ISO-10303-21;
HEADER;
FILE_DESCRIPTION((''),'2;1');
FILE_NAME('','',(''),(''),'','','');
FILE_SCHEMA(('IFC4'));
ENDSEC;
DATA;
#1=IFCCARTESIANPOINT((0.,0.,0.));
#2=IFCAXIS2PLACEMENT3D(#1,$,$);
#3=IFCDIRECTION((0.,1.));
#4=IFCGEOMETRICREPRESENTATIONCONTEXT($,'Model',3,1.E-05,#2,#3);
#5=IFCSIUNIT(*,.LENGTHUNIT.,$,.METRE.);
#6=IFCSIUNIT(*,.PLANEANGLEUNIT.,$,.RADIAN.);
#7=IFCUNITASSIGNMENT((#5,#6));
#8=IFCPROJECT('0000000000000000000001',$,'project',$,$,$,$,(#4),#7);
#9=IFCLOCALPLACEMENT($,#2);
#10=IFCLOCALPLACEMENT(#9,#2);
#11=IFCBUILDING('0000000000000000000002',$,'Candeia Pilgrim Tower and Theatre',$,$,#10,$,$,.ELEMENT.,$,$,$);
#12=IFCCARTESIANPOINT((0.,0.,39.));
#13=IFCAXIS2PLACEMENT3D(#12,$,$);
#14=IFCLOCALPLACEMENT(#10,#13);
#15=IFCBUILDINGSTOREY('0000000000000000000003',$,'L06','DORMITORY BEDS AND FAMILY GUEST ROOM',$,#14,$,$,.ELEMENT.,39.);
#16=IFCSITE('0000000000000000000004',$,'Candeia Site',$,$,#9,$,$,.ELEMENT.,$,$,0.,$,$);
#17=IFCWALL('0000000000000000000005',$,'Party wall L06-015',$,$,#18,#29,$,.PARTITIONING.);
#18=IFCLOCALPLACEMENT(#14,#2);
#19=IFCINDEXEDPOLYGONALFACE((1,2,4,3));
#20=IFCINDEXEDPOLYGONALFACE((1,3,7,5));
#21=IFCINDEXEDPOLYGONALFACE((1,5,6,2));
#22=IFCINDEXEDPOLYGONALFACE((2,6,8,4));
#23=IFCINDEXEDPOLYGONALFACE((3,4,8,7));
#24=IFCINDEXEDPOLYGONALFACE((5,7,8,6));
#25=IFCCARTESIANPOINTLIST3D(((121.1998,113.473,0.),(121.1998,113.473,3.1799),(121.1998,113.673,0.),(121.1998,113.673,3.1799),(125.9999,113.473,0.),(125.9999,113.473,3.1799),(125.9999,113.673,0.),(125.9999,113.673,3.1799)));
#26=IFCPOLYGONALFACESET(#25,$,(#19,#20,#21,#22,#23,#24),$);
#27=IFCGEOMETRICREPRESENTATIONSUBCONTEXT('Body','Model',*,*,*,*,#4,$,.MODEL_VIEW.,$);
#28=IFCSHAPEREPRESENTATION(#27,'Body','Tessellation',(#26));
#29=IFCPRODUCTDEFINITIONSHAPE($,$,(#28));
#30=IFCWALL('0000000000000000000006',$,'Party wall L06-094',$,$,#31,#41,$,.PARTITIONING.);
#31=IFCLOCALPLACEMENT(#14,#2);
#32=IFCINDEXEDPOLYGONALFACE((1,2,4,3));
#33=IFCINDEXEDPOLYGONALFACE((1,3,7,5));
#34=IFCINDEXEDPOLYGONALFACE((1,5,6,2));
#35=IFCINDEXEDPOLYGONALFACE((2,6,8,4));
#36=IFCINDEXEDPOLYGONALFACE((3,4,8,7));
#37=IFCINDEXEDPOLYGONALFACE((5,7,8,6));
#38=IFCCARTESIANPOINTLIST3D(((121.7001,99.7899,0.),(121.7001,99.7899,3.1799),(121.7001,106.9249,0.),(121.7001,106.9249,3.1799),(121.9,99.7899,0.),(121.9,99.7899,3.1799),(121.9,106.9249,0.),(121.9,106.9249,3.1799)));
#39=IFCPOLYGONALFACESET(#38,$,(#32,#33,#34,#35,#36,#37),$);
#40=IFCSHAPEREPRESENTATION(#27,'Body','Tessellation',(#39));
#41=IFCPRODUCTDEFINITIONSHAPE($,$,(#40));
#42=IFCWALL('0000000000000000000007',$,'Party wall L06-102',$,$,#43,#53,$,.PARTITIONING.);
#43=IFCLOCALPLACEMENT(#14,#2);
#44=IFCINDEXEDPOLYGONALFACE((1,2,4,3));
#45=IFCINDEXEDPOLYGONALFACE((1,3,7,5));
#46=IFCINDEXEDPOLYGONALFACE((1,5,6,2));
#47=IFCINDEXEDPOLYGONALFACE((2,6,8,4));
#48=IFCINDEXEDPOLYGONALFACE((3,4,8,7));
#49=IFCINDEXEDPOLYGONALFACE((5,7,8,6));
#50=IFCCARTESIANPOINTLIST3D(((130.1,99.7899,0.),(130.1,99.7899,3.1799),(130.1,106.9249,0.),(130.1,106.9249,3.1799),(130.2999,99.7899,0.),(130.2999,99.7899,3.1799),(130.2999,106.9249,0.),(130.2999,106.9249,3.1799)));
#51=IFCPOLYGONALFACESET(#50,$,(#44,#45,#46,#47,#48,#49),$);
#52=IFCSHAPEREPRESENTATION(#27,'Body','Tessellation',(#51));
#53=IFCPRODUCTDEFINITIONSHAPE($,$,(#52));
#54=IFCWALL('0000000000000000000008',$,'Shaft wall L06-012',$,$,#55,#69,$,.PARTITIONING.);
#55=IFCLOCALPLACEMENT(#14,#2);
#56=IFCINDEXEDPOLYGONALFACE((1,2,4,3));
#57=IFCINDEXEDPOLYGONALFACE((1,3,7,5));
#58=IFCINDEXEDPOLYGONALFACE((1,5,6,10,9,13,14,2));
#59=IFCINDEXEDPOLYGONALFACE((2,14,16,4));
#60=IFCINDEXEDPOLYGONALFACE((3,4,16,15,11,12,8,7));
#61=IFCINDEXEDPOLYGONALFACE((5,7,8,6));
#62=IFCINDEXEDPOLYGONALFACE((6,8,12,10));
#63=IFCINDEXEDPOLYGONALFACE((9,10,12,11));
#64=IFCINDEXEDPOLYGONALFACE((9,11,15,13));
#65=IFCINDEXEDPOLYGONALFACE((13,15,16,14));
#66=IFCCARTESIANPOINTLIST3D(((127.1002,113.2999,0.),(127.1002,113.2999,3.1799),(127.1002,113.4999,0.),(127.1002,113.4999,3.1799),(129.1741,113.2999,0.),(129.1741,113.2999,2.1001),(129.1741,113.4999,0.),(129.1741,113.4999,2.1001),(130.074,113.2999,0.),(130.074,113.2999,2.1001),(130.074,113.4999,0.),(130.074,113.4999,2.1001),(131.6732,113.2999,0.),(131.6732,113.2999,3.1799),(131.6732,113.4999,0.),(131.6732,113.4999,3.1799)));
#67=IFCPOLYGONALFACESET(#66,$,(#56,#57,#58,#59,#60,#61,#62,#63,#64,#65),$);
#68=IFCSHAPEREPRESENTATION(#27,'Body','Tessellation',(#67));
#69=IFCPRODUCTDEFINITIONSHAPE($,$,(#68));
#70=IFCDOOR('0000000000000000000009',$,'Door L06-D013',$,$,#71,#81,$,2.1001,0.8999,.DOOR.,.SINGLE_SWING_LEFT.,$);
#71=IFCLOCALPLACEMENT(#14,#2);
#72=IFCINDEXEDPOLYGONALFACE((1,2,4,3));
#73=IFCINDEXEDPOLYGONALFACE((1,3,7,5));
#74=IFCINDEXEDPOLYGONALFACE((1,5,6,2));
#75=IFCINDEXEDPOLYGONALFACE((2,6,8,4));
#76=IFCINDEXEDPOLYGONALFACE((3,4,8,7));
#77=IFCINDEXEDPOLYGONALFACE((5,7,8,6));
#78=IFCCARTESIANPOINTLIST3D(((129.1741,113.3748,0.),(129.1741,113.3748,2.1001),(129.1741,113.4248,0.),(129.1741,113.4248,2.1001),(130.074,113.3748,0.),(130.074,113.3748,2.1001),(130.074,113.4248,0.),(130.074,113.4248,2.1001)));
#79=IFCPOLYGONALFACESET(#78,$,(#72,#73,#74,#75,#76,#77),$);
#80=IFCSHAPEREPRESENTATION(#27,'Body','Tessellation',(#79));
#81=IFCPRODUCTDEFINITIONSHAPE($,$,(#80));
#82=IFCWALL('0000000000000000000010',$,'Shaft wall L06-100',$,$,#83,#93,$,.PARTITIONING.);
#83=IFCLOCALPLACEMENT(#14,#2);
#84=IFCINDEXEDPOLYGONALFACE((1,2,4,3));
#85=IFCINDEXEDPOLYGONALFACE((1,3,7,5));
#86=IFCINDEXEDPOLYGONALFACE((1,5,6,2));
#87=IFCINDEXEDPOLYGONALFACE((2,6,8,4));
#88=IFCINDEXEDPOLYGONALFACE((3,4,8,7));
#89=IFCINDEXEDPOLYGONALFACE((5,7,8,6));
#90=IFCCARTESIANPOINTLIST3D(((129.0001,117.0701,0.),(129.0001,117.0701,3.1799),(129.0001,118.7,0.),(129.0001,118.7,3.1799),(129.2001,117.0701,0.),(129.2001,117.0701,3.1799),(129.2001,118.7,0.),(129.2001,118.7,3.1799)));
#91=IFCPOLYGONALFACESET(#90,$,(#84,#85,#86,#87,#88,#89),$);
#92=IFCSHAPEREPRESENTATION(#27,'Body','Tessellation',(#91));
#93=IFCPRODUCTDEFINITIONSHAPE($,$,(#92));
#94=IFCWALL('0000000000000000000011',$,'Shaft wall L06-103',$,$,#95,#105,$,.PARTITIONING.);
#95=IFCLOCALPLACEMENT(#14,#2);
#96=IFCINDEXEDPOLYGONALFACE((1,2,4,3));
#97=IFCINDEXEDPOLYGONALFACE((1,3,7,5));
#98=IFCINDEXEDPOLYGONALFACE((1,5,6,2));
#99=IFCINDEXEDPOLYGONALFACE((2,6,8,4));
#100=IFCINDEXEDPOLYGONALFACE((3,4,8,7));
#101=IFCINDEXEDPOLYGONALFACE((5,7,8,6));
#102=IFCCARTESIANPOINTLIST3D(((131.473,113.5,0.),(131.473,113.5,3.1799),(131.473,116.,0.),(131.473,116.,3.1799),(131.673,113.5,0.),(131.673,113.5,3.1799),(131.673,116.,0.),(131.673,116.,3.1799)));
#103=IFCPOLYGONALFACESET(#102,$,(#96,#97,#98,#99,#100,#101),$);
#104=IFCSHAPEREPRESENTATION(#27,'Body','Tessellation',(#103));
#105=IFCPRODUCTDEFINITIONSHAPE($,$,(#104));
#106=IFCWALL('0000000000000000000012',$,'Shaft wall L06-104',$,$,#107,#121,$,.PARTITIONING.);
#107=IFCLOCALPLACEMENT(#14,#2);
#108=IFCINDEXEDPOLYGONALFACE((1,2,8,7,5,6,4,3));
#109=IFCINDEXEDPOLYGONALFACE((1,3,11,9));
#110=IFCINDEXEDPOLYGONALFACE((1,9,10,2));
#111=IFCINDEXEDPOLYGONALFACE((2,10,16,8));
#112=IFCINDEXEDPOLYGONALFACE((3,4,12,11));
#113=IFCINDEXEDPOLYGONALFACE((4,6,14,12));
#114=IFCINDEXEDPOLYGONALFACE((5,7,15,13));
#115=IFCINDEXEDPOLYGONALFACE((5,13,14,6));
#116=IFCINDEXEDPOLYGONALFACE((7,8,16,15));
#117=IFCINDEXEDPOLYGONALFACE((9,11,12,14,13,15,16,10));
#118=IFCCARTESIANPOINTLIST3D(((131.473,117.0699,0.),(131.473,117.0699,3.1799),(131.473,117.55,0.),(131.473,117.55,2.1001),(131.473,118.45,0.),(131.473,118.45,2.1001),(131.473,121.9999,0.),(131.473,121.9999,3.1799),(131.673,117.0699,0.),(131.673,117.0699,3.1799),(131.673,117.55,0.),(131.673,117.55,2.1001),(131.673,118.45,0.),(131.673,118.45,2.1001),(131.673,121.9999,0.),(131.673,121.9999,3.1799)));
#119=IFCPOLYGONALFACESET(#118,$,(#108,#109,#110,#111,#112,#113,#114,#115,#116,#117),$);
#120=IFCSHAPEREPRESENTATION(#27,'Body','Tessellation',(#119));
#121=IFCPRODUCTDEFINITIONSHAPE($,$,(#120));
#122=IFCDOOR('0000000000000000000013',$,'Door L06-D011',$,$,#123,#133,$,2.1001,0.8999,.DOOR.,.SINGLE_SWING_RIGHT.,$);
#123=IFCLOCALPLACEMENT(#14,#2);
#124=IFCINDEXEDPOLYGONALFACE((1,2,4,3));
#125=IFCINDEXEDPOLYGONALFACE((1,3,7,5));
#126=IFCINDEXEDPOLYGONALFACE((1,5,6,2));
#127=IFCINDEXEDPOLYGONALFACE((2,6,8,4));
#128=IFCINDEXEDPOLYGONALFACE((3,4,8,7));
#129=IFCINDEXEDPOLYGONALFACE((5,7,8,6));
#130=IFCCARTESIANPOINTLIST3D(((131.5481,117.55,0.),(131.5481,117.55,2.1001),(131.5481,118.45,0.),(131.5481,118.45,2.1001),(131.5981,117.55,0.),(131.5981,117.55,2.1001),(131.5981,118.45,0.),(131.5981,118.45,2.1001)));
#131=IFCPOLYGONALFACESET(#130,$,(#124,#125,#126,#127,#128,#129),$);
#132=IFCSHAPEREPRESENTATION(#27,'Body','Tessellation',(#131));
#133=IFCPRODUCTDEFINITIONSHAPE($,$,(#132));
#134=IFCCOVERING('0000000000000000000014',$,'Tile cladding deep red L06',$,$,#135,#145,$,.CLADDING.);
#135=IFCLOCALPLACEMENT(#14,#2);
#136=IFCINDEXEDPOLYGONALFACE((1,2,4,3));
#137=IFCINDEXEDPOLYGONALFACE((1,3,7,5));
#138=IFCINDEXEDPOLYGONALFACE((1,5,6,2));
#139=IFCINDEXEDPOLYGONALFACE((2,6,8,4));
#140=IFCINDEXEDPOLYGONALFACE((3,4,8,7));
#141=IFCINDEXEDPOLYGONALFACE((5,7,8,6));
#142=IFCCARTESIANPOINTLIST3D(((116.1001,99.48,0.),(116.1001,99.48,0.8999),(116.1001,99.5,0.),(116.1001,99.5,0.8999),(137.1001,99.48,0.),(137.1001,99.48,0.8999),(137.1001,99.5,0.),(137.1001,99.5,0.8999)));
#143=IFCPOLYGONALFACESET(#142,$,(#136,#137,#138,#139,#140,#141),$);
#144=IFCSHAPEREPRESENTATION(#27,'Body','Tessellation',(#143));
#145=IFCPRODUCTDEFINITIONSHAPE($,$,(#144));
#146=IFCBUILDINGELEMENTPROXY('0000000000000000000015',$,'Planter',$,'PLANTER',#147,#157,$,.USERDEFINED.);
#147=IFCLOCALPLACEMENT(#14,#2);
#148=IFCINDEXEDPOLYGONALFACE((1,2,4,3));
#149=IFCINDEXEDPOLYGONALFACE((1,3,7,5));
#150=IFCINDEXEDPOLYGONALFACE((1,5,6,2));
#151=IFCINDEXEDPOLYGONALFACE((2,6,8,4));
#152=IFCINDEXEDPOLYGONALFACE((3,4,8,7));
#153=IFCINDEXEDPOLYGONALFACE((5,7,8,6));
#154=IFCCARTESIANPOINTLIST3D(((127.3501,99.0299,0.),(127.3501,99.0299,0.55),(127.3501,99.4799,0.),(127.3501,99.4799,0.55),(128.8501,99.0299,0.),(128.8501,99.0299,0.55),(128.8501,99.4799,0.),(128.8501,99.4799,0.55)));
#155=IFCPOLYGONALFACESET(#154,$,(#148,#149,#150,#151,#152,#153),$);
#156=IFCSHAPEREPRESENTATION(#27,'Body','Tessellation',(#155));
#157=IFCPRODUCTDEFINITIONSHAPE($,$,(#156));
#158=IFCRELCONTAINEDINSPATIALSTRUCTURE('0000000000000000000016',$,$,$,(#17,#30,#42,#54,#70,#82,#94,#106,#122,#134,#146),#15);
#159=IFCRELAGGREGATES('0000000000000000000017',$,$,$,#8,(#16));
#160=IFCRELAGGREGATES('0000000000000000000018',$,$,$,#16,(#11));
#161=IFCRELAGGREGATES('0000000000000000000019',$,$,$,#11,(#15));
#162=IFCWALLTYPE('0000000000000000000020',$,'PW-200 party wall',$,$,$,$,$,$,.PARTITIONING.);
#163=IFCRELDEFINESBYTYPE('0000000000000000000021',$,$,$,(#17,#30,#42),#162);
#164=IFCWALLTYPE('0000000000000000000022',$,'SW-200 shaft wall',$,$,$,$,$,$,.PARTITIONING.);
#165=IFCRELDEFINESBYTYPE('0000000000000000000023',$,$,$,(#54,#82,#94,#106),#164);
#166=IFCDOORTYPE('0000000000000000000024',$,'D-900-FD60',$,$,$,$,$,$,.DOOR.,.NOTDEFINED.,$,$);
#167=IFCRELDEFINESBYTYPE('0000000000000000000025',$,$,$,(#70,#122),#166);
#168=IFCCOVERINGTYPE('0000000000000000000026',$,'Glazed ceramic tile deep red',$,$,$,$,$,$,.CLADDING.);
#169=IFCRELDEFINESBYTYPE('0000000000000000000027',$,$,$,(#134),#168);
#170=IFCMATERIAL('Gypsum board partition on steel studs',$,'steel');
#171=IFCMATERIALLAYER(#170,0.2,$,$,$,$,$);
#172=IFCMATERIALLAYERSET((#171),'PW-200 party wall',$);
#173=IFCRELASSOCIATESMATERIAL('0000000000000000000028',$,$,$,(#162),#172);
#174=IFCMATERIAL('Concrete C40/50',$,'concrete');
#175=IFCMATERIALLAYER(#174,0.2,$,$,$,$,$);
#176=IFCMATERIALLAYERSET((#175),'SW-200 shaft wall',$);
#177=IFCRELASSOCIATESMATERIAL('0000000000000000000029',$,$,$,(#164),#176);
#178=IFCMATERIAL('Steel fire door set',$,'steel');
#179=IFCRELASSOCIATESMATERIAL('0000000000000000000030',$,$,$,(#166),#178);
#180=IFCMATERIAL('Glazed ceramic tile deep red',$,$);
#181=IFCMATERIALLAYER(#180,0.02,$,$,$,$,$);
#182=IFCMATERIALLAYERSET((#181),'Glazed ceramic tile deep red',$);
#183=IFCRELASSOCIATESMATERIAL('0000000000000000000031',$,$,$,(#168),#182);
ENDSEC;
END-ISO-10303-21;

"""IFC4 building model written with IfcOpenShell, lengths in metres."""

from ifc_helpers import new_model, si_unit, direction, frame, frame_2d, origin, origin_2d, place, context, subcontext, project, spatial, rectangle, extrude, material, layer, layer_set, type_object, element, fill, save


model = new_model("IFC4")

# Units and contexts
model_context = context("Model", 3, precision=1e-05, world=origin(), true_north=direction((0.0, 1.0)))
body_context = subcontext(model_context, "Body", "Model", "MODEL_VIEW")
ifc_project = project(units=[si_unit("LENGTHUNIT", "METRE"), si_unit("PLANEANGLEUNIT", "RADIAN")], contexts=[model_context])

# Site, building, storey
site_placement = place(None, origin())
site = spatial("IfcSite", under=ifc_project, at=site_placement, Name="Candeia Site", CompositionType="ELEMENT", RefElevation=0.0)
building_placement = place(site_placement, origin())
building = spatial("IfcBuilding", under=site, at=building_placement, Name="Candeia Pilgrim Tower and Theatre", CompositionType="ELEMENT")
storey_placement = place(building_placement, frame((0.0, 0.0, 39.0)))
storey = spatial("IfcBuildingStorey", under=building, at=storey_placement, Name="L06", Description="DORMITORY BEDS AND FAMILY GUEST ROOM", CompositionType="ELEMENT", Elevation=39.0)

# Shared definitions
ifc_material_1 = material(Name="Steel fire door set", Category="steel")

# Shared definitions
ifc_material_2 = material(Name="Gypsum board partition on steel studs", Category="steel")

# Walls
ifc_layer_1 = layer(ifc_material_2, 0.2)
ifc_layer_set_1 = layer_set([ifc_layer_1], Name="PW-200 party wall")
wall_type_1 = type_object("IfcWallType", Name="PW-200 party wall", PredefinedType="PARTITIONING", material=ifc_layer_set_1)
wall_1_placement = place(storey_placement, frame((121.2, 113.573, 0.0), z_axis=(0.0, 0.0, 1.0), x_axis=(1.0, 0.0, 0.0)))
element("IfcWall", 1, at=wall_1_placement, inside=storey, type_object=wall_type_1, Name="Party wall L06-015", PredefinedType="PARTITIONING", context=body_context, shape_type="SweptSolid", body=[
    extrude(rectangle(XDim=4.8, YDim=0.2, at=frame_2d((2.3999, 0.0))), origin(), (0.0, 0.0, 1.0), 3.1799),
])
for number, where, z_axis, x_axis, name in (
    (2, (121.8, 99.79, 0.0), (0.0, 0.0, 1.0), (0.0, 1.0, 0.0), "Party wall L06-094"),
    (3, (130.2, 99.79, 0.0), (0.0, 0.0, 1.0), (0.0, 1.0, 0.0), "Party wall L06-102"),
):
    element("IfcWall", number, at=place(storey_placement, frame(where, z_axis=z_axis, x_axis=x_axis)), inside=storey, type_object=wall_type_1, Name=name, PredefinedType="PARTITIONING", context=body_context, shape_type="SweptSolid", body=[
        extrude(rectangle(XDim=7.135, YDim=0.2, at=frame_2d((3.5674, 0.0))), origin(), (0.0, 0.0, 1.0), 3.1799),
    ])

# Wall, opening, door
ifc_material_3 = material(Name="Concrete C40/50", Category="concrete")
ifc_layer_2 = layer(ifc_material_3, 0.2)
ifc_layer_set_2 = layer_set([ifc_layer_2], Name="SW-200 shaft wall")
wall_type_2 = type_object("IfcWallType", Name="SW-200 shaft wall", PredefinedType="PARTITIONING", material=ifc_layer_set_2)
wall_2_placement = place(storey_placement, frame((127.1001, 113.3999, 0.0), z_axis=(0.0, 0.0, 1.0), x_axis=(1.0, 0.0, 0.0)))
wall_2 = element("IfcWall", 4, at=wall_2_placement, inside=storey, type_object=wall_type_2, Name="Shaft wall L06-012", PredefinedType="PARTITIONING", context=body_context, shape_type="SweptSolid", body=[
    extrude(rectangle(XDim=4.573, YDim=0.2, at=frame_2d((2.2866, 0.0))), origin(), (0.0, 0.0, 1.0), 3.1799),
])
opening_1_placement = place(wall_2_placement, frame((2.074, 0.0, 0.0)))
opening_1 = element("IfcOpeningElement", 5, at=opening_1_placement, cuts=wall_2, PredefinedType="OPENING", context=body_context, shape_type="SweptSolid", body=[
    extrude(rectangle(XDim=0.8999, YDim=2.1001, at=frame_2d((0.45, 1.05))), frame((0.0, 0.1099, 0.0), z_axis=(0.0, -1.0, 0.0), x_axis=(1.0, 0.0, 0.0)), (0.0, 0.0, 1.0), 0.22),
])
door_type_1 = type_object("IfcDoorType", Name="D-900-FD60", OperationType="NOTDEFINED", PredefinedType="DOOR", material=ifc_material_1)
door_1_placement = place(opening_1_placement, origin())
door_1 = element("IfcDoor", 6, at=door_1_placement, inside=storey, type_object=door_type_1, Name="Door L06-D013", OperationType="SINGLE_SWING_LEFT", OverallHeight=2.1001, OverallWidth=0.8999, PredefinedType="DOOR", context=body_context, shape_type="SweptSolid", body=[
    extrude(rectangle(XDim=0.8999, YDim=2.1001, at=frame_2d((0.45, 1.05))), frame((0.0, 0.0249, 0.0), z_axis=(0.0, -1.0, 0.0), x_axis=(1.0, 0.0, 0.0)), (0.0, 0.0, 1.0), 0.05),
])
fill(opening_1, door_1)

# Walls
wall_3_placement = place(storey_placement, frame((129.1001, 117.0701, 0.0), z_axis=(0.0, 0.0, 1.0), x_axis=(0.0, 1.0, 0.0)))
element("IfcWall", 7, at=wall_3_placement, inside=storey, type_object=wall_type_2, Name="Shaft wall L06-100", PredefinedType="PARTITIONING", context=body_context, shape_type="SweptSolid", body=[
    extrude(rectangle(XDim=1.6299, YDim=0.2, at=frame_2d((0.8149, 0.0))), origin(), (0.0, 0.0, 1.0), 3.1799),
])
wall_4_placement = place(storey_placement, frame((131.573, 113.5, 0.0), z_axis=(0.0, 0.0, 1.0), x_axis=(0.0, 1.0, 0.0)))
element("IfcWall", 8, at=wall_4_placement, inside=storey, type_object=wall_type_2, Name="Shaft wall L06-103", PredefinedType="PARTITIONING", context=body_context, shape_type="SweptSolid", body=[
    extrude(rectangle(XDim=2.5, YDim=0.2, at=frame_2d((1.25, 0.0))), origin(), (0.0, 0.0, 1.0), 3.1799),
])

# Wall, opening, door
wall_5_placement = place(storey_placement, frame((131.573, 117.0701, 0.0), z_axis=(0.0, 0.0, 1.0), x_axis=(0.0, 1.0, 0.0)))
wall_5 = element("IfcWall", 9, at=wall_5_placement, inside=storey, type_object=wall_type_2, Name="Shaft wall L06-104", PredefinedType="PARTITIONING", context=body_context, shape_type="SweptSolid", body=[
    extrude(rectangle(XDim=4.9299, YDim=0.2, at=frame_2d((2.4648, 0.0))), origin(), (0.0, 0.0, 1.0), 3.1799),
])
opening_2_placement = place(wall_5_placement, frame((0.48, 0.0, 0.0)))
opening_2 = element("IfcOpeningElement", 10, at=opening_2_placement, cuts=wall_5, PredefinedType="OPENING", context=body_context, shape_type="SweptSolid", body=[
    extrude(rectangle(XDim=0.8999, YDim=2.1001, at=frame_2d((0.45, 1.05))), frame((0.0, 0.1099, 0.0), z_axis=(0.0, -1.0, 0.0), x_axis=(1.0, 0.0, 0.0)), (0.0, 0.0, 1.0), 0.22),
])
door_2_placement = place(opening_2_placement, origin())
door_2 = element("IfcDoor", 11, at=door_2_placement, inside=storey, type_object=door_type_1, Name="Door L06-D011", OperationType="SINGLE_SWING_RIGHT", OverallHeight=2.1001, OverallWidth=0.8999, PredefinedType="DOOR", context=body_context, shape_type="SweptSolid", body=[
    extrude(rectangle(XDim=0.8999, YDim=2.1001, at=frame_2d((0.45, 1.05))), frame((0.0, 0.0249, 0.0), z_axis=(0.0, -1.0, 0.0), x_axis=(1.0, 0.0, 0.0)), (0.0, 0.0, 1.0), 0.05),
])
fill(opening_2, door_2)

# Covering
ifc_material_4 = material(Name="Glazed ceramic tile deep red")
ifc_layer_3 = layer(ifc_material_4, 0.02)
ifc_layer_set_3 = layer_set([ifc_layer_3], Name="Glazed ceramic tile deep red")
covering_type = type_object("IfcCoveringType", Name="Glazed ceramic tile deep red", PredefinedType="CLADDING", material=ifc_layer_set_3)
covering_placement = place(storey_placement, frame((126.6001, 99.49, 0.0), z_axis=(0.0, 0.0, 1.0), x_axis=(1.0, 0.0, 0.0)))
element("IfcCovering", 12, at=covering_placement, inside=storey, type_object=covering_type, Name="Tile cladding deep red L06", PredefinedType="CLADDING", context=body_context, shape_type="SweptSolid", body=[
    extrude(rectangle(XDim=21.0, YDim=0.02, at=origin_2d()), origin(), (0.0, 0.0, 1.0), 0.8999),
])

# Building element proxy
proxy_placement = place(storey_placement, frame((128.1001, 99.2549, 0.0), z_axis=(0.0, 0.0, 1.0), x_axis=(1.0, 0.0, 0.0)))
element("IfcBuildingElementProxy", 13, at=proxy_placement, inside=storey, Name="Planter", ObjectType="PLANTER", PredefinedType="USERDEFINED", context=body_context, shape_type="SweptSolid", body=[
    extrude(rectangle(XDim=1.5, YDim=0.45, at=origin_2d()), origin(), (0.0, 0.0, 1.0), 0.55),
])

save(model, "model.ifc")
